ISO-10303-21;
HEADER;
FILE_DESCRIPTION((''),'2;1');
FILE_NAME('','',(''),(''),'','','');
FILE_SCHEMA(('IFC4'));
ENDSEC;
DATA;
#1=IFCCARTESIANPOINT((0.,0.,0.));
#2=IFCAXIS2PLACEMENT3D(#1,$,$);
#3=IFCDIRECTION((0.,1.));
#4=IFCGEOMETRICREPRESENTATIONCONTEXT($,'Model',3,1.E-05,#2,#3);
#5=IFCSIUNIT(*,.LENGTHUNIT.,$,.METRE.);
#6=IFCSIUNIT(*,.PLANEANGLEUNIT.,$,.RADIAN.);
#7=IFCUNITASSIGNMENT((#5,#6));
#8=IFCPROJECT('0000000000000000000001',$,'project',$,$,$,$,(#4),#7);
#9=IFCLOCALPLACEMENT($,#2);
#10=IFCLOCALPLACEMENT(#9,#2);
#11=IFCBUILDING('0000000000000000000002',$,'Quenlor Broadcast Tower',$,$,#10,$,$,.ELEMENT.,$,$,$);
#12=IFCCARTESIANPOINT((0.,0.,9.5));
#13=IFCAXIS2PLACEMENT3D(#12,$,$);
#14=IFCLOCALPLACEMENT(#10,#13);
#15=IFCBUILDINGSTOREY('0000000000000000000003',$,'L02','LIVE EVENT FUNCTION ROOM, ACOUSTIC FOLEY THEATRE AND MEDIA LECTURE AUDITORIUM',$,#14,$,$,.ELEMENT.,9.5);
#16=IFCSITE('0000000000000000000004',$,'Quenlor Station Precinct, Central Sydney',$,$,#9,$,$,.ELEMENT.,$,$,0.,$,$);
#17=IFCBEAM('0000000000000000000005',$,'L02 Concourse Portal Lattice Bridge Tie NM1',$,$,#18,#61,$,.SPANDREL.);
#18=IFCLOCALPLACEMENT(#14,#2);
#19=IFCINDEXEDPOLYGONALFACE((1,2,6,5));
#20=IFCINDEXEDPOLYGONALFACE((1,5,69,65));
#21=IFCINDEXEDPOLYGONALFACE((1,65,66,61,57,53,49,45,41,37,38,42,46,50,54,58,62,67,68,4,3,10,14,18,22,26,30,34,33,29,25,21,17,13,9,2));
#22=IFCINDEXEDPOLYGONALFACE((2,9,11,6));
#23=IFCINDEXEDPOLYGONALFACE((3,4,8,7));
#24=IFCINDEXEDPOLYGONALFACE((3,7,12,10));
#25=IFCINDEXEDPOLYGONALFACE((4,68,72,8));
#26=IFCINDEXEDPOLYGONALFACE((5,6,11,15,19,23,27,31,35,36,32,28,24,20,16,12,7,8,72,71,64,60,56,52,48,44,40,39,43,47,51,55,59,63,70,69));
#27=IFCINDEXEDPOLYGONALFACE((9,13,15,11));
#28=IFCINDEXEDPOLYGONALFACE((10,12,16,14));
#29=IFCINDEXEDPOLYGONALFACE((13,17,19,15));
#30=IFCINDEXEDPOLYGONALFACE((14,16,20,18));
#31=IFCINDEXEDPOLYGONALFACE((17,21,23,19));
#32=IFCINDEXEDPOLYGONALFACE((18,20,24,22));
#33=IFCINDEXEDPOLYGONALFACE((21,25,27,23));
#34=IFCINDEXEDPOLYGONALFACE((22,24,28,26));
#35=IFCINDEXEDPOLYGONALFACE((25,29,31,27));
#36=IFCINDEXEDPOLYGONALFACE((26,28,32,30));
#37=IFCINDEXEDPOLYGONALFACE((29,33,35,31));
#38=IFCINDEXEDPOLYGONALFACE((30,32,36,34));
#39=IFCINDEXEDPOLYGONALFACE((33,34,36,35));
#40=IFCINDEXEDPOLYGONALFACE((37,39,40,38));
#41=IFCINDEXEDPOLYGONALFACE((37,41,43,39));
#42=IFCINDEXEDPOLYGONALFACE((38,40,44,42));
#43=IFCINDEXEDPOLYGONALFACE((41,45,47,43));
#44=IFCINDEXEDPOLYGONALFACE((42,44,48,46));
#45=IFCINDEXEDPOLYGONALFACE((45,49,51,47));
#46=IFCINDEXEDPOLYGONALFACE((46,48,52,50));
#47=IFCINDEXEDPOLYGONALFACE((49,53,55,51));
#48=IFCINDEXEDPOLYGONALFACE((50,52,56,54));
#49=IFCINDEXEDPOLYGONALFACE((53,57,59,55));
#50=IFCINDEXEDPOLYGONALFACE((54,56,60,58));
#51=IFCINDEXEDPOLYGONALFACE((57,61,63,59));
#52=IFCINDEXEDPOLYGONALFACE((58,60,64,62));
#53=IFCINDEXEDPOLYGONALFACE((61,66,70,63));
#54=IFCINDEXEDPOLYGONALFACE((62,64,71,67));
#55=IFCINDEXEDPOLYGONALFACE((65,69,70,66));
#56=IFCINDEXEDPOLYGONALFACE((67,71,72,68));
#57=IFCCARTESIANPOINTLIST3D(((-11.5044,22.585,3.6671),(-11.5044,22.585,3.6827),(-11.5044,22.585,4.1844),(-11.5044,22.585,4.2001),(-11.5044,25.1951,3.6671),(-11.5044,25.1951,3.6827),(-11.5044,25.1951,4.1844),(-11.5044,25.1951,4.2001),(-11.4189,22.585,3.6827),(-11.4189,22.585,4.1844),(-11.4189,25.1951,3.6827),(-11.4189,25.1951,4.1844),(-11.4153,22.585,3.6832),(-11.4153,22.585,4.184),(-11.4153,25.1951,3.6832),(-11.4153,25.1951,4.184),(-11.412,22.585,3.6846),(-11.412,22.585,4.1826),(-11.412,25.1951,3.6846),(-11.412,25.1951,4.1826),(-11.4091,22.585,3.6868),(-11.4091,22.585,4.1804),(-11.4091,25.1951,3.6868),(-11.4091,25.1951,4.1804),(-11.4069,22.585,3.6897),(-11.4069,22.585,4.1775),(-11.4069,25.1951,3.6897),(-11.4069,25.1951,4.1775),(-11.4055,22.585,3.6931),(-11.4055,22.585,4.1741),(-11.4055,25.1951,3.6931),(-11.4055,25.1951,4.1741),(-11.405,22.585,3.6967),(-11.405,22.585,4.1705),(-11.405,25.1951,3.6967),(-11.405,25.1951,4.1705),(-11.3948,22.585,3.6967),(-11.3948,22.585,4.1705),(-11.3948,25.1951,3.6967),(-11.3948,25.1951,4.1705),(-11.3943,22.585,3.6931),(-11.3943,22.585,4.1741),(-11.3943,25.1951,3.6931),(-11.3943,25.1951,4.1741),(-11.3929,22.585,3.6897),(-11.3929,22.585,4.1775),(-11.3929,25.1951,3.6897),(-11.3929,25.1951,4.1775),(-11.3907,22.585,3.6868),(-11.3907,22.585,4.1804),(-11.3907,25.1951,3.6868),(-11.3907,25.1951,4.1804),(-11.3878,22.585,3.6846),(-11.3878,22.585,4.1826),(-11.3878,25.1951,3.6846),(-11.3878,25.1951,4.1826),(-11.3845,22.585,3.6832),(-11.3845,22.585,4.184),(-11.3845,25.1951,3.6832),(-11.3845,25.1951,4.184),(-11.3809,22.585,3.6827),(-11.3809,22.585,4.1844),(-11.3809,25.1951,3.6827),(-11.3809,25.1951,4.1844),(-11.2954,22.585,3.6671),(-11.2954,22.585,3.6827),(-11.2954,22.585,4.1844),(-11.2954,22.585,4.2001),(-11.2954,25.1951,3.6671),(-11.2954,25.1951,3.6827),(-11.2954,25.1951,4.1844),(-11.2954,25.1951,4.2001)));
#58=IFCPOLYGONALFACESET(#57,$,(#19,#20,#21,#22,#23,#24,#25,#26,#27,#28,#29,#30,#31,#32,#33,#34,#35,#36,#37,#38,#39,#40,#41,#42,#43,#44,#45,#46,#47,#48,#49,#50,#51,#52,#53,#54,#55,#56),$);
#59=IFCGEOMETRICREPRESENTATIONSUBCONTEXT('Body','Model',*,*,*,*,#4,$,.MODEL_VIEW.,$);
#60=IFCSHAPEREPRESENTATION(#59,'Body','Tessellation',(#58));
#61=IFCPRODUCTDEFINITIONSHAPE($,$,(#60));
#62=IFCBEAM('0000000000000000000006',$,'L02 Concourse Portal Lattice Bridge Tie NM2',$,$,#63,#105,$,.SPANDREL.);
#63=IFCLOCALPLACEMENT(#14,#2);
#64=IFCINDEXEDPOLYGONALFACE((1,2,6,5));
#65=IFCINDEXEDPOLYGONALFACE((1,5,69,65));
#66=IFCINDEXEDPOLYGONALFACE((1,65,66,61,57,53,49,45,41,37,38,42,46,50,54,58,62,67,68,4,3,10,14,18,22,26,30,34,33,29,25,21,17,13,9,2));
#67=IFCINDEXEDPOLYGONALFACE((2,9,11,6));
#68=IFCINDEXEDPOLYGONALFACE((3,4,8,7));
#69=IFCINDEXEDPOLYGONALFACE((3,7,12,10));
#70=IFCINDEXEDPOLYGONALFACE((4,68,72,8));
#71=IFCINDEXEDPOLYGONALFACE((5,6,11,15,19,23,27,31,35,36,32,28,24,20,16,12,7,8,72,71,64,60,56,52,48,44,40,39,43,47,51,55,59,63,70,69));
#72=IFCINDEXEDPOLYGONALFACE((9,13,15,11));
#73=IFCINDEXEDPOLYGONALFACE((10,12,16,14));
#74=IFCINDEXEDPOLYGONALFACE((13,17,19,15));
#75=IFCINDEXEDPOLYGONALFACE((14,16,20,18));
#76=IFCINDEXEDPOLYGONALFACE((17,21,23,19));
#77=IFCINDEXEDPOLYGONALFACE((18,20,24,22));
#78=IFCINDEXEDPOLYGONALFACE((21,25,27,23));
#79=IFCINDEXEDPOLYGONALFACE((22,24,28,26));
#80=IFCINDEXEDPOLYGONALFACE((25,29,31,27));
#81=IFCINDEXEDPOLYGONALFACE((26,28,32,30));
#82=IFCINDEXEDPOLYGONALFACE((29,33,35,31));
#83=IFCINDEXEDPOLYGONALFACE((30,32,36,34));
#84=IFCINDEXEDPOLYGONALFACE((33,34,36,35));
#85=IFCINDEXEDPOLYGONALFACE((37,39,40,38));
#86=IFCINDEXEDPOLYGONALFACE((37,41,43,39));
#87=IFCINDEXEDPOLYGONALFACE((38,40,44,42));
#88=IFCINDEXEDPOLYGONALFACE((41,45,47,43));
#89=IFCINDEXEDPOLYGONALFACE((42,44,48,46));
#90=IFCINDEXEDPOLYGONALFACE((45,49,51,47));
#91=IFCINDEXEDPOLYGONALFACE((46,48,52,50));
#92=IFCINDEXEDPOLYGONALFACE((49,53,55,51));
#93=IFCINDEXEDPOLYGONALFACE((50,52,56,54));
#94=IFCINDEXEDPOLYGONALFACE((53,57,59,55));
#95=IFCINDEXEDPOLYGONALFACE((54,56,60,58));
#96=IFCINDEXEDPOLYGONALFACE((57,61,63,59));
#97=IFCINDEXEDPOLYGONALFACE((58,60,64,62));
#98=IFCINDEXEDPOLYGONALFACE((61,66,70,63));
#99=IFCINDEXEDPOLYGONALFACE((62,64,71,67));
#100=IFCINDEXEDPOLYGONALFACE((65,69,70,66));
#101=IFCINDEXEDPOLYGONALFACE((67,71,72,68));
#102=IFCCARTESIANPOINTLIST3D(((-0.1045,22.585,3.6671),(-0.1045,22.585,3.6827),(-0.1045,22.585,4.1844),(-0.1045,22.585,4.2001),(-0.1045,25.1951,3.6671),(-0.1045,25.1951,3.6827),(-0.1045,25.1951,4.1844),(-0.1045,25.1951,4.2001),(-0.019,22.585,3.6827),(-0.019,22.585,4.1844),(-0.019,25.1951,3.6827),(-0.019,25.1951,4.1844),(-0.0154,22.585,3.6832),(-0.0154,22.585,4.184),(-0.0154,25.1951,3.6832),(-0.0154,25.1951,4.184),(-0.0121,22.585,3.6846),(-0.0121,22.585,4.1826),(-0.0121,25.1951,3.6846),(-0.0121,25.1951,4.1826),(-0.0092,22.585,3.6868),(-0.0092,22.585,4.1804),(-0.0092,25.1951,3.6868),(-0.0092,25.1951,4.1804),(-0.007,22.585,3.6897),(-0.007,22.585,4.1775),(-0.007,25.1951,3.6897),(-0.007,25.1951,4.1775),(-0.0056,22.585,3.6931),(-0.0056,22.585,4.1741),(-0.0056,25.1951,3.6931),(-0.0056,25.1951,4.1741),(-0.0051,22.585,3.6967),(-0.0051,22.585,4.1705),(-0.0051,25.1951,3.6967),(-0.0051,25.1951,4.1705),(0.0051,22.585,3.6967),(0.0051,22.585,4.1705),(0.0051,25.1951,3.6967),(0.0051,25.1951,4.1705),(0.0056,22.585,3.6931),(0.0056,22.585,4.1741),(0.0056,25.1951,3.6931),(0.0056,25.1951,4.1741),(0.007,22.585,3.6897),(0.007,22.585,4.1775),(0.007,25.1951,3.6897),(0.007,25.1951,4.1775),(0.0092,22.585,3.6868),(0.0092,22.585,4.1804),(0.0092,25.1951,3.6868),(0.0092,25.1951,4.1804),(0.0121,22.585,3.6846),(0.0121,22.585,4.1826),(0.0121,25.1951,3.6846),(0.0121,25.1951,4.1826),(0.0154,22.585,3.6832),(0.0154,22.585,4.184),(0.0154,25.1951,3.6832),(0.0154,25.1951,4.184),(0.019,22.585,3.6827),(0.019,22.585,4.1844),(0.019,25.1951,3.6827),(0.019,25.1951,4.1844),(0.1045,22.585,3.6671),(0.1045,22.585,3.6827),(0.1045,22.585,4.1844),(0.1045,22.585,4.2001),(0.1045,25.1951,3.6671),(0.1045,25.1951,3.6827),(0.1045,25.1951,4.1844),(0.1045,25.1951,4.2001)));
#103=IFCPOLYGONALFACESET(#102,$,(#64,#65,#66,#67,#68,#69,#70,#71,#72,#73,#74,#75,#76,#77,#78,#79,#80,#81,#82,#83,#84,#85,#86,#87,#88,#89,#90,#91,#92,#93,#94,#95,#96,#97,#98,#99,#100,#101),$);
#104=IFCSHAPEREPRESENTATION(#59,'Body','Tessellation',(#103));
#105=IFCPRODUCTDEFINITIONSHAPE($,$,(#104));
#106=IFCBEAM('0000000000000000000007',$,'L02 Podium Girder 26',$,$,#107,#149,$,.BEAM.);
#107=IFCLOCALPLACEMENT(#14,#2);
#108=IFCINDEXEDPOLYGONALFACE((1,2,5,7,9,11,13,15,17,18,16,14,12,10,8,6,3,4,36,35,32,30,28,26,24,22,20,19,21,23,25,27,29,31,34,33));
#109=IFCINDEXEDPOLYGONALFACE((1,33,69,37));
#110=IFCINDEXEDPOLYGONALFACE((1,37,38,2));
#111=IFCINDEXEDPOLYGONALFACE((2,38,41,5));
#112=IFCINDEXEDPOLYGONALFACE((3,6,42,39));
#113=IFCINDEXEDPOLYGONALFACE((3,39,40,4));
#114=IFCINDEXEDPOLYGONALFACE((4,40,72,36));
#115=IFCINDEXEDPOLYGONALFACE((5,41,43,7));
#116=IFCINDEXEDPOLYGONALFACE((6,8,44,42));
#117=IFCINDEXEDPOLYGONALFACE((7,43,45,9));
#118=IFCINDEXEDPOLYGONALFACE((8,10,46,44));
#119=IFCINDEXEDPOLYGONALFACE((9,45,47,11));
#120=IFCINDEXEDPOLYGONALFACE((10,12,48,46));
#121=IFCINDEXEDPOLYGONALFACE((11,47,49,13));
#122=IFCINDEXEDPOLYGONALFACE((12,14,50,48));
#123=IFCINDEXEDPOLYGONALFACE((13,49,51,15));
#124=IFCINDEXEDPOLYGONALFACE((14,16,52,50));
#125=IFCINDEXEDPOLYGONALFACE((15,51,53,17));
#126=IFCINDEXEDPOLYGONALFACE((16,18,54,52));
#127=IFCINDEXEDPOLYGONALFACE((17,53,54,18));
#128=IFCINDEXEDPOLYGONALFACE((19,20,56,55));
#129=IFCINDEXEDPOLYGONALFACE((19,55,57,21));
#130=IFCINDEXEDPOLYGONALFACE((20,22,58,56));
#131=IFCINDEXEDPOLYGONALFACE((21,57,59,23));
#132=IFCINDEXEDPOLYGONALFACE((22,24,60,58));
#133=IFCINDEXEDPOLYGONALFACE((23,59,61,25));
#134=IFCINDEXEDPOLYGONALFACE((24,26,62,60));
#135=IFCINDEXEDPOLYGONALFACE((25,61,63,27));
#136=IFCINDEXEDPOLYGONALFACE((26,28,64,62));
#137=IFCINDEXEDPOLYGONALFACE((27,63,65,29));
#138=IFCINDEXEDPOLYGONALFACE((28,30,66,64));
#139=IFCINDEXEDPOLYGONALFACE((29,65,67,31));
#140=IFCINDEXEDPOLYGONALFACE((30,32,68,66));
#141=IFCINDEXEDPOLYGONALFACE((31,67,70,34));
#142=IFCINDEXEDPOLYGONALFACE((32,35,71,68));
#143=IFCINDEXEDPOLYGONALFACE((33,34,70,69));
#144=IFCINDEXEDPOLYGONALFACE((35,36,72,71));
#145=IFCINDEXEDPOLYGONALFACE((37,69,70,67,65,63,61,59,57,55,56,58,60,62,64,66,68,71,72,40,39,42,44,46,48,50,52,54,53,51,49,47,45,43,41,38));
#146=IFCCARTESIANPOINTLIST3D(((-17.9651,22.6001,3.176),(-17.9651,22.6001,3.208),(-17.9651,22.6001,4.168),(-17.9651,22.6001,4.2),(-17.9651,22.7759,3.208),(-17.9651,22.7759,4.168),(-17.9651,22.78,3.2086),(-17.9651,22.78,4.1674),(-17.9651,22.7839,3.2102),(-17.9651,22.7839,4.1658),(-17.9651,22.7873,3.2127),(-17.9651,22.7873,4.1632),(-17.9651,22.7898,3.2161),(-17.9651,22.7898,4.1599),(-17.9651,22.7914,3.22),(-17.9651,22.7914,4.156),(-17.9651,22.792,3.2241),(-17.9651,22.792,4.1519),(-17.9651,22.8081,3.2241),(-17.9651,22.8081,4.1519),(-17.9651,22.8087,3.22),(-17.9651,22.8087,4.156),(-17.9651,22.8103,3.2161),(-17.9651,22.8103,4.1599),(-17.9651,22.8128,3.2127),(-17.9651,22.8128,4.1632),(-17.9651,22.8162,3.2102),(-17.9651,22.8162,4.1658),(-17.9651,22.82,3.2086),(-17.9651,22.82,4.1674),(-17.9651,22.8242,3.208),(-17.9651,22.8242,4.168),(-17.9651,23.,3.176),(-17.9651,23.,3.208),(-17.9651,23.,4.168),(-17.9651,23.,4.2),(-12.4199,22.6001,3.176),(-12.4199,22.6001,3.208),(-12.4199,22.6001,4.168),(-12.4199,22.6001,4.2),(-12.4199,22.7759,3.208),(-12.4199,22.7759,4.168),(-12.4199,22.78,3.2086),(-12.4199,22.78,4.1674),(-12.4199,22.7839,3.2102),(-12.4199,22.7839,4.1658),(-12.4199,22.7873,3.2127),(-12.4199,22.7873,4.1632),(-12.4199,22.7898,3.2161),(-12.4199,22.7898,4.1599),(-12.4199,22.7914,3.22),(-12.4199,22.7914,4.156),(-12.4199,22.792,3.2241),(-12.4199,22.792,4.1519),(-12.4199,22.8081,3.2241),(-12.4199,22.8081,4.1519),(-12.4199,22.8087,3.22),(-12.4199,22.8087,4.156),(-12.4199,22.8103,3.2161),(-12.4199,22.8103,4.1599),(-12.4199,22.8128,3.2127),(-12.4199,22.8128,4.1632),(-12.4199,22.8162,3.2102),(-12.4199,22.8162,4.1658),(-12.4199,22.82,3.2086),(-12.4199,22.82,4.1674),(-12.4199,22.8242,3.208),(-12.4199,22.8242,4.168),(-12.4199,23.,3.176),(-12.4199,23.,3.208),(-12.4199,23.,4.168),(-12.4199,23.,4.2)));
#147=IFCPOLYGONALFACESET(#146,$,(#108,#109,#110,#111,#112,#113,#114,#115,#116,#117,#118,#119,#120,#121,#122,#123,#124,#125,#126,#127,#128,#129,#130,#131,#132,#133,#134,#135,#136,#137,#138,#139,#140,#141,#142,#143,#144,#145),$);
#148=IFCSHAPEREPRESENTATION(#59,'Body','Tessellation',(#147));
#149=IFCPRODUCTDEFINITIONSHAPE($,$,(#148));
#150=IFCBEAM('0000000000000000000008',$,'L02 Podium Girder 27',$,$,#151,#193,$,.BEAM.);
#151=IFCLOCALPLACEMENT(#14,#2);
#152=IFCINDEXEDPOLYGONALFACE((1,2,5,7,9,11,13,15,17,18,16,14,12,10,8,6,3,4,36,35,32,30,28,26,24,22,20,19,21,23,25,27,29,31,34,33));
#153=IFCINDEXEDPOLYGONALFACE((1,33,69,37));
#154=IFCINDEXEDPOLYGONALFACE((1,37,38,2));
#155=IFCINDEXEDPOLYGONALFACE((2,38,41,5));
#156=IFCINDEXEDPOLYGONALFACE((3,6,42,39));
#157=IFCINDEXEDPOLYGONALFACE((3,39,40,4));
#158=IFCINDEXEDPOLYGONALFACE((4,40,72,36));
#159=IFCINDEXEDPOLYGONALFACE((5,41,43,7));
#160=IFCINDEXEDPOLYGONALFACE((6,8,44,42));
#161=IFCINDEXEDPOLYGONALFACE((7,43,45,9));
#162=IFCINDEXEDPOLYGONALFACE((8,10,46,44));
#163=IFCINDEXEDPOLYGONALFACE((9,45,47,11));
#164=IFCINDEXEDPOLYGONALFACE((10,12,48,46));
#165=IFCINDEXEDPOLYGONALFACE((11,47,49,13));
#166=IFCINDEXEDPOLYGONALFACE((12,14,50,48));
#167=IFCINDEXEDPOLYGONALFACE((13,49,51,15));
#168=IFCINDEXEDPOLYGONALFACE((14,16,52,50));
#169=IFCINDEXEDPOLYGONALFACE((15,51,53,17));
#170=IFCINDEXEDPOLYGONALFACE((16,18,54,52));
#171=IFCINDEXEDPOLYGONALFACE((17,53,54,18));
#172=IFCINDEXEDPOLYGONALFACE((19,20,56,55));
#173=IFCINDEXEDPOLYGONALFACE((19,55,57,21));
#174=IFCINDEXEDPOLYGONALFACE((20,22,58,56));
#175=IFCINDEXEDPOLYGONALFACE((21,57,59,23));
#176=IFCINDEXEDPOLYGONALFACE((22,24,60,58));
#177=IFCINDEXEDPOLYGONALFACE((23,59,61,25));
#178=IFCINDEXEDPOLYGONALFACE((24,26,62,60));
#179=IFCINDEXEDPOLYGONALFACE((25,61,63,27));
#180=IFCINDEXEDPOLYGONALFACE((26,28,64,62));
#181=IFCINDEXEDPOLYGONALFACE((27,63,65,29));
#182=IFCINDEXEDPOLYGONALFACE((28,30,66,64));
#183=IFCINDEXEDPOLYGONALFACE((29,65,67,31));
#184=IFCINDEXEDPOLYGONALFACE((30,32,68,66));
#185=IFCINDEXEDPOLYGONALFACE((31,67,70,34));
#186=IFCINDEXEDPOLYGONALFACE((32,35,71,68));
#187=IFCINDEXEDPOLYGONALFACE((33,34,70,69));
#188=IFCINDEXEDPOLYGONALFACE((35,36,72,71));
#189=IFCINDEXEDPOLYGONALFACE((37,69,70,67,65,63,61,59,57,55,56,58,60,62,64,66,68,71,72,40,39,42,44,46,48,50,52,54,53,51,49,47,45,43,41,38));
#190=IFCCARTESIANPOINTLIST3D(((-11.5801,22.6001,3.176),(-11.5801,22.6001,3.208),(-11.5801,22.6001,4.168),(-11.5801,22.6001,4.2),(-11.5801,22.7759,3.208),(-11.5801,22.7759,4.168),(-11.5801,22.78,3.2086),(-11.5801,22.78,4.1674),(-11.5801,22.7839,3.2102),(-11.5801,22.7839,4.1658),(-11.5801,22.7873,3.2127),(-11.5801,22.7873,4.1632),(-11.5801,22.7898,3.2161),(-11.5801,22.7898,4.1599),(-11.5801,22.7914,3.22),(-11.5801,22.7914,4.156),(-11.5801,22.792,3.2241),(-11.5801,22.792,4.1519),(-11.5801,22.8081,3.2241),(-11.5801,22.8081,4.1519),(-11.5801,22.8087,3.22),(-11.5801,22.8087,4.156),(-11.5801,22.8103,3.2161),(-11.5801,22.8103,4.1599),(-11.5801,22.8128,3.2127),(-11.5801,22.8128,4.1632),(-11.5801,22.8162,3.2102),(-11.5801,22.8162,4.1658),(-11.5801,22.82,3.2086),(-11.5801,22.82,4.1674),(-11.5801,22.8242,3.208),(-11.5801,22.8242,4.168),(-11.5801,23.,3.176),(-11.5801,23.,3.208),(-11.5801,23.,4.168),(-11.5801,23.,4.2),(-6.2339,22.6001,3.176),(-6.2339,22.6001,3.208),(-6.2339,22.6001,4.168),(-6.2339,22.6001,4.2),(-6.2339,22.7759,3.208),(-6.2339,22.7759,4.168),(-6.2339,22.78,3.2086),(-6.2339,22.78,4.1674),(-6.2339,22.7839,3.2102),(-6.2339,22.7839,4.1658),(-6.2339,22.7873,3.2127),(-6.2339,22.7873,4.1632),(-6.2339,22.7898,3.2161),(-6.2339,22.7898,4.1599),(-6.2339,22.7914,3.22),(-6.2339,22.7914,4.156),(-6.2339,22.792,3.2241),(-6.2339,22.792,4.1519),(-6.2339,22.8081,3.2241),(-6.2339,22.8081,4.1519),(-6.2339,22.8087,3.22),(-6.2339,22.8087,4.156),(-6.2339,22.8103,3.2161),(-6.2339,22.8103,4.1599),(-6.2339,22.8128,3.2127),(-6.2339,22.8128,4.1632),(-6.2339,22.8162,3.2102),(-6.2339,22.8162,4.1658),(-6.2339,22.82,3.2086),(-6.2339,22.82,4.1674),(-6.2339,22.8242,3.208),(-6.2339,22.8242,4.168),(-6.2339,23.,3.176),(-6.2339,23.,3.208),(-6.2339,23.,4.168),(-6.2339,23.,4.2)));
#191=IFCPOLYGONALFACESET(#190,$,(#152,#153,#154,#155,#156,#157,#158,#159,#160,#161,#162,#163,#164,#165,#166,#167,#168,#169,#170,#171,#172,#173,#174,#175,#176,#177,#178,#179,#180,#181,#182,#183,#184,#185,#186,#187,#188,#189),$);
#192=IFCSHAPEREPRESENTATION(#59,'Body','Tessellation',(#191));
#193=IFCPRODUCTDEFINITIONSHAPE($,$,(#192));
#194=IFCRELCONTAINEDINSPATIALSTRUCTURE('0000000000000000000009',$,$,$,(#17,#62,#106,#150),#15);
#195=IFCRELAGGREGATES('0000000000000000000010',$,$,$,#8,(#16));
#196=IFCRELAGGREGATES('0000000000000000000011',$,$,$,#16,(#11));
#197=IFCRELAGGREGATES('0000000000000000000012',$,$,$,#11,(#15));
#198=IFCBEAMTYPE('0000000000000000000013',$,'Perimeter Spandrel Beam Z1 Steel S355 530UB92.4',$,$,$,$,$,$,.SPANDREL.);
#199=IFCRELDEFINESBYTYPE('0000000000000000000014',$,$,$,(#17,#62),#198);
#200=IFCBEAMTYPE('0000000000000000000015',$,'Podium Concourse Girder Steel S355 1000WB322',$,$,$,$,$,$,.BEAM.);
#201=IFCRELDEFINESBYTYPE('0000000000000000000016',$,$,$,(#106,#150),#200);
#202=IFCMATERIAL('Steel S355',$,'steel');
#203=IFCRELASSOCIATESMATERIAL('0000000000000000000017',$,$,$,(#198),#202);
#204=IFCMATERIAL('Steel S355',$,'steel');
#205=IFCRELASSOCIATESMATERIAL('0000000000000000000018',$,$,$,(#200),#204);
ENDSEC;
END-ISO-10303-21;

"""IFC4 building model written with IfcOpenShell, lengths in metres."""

from ifc_helpers import new_model, si_unit, direction, frame, origin, origin_2d, place, context, subcontext, project, spatial, i_section, extrude, material, material_profile, profile_set, type_object, element, save


model = new_model("IFC4")

# Units and contexts
model_context = context("Model", 3, precision=1e-05, world=origin(), true_north=direction((0.0, 1.0)))
body_context = subcontext(model_context, "Body", "Model", "MODEL_VIEW")
ifc_project = project(units=[si_unit("LENGTHUNIT", "METRE"), si_unit("PLANEANGLEUNIT", "RADIAN")], contexts=[model_context])

# Site, building, storey
site_placement = place(None, origin())
site = spatial("IfcSite", under=ifc_project, at=site_placement, Name="Quenlor Station Precinct, Central Sydney", CompositionType="ELEMENT", RefElevation=0.0)
building_placement = place(site_placement, origin())
building = spatial("IfcBuilding", under=site, at=building_placement, Name="Quenlor Broadcast Tower", CompositionType="ELEMENT")
storey_placement = place(building_placement, frame((0.0, 0.0, 9.5)))
storey = spatial("IfcBuildingStorey", under=building, at=storey_placement, Name="L02", Description="LIVE EVENT FUNCTION ROOM, ACOUSTIC FOLEY THEATRE AND MEDIA LECTURE AUDITORIUM", CompositionType="ELEMENT", Elevation=9.5)

# Beams
ifc_material_1 = material(Name="Steel S355", Category="steel")
ifc_material_profile_1 = material_profile(ifc_material_1, i_section(OverallWidth=0.209, OverallDepth=0.533, WebThickness=0.0103, FlangeThickness=0.0156, FilletRadius=0.0139, at=origin_2d()))
ifc_profile_set_1 = profile_set([ifc_material_profile_1], Name="Steel S355 530UB92.4")
beam_type_1 = type_object("IfcBeamType", Name="Perimeter Spandrel Beam Z1 Steel S355 530UB92.4", PredefinedType="SPANDREL", material=ifc_profile_set_1)
for number, where, z_axis, x_axis, name in (
    (1, (-11.3999, 22.585, 3.9336), (0.0, 1.0, 0.0), (-1.0, 0.0, 0.0), "L02 Concourse Portal Lattice Bridge Tie NM1"),
    (2, (0.0, 22.585, 3.9336), (0.0, 1.0, 0.0), (-1.0, 0.0, 0.0), "L02 Concourse Portal Lattice Bridge Tie NM2"),
):
    element("IfcBeam", number, at=place(storey_placement, frame(where, z_axis=z_axis, x_axis=x_axis)), inside=storey, type_object=beam_type_1, Name=name, PredefinedType="SPANDREL", context=body_context, shape_type="SweptSolid", body=[
        extrude(i_section(OverallWidth=0.209, OverallDepth=0.533, WebThickness=0.0103, FlangeThickness=0.0156, FilletRadius=0.0139, at=origin_2d()), origin(), (0.0, 0.0, 1.0), 2.6101),
    ])
ifc_material_2 = material(Name="Steel S355", Category="steel")
ifc_material_profile_2 = material_profile(ifc_material_2, i_section(OverallWidth=0.3999, OverallDepth=1.0239, WebThickness=0.0161, FlangeThickness=0.032, FilletRadius=0.0161, at=origin_2d()))
ifc_profile_set_2 = profile_set([ifc_material_profile_2], Name="Steel S355 1000WB322")
beam_type_2 = type_object("IfcBeamType", Name="Podium Concourse Girder Steel S355 1000WB322", PredefinedType="BEAM", material=ifc_profile_set_2)
beam_1_placement = place(storey_placement, frame((-17.9651, 22.8, 3.688), z_axis=(1.0, 0.0, 0.0), x_axis=(0.0, 1.0, 0.0)))
element("IfcBeam", 3, at=beam_1_placement, inside=storey, type_object=beam_type_2, Name="L02 Podium Girder 26", PredefinedType="BEAM", context=body_context, shape_type="SweptSolid", body=[
    extrude(i_section(OverallWidth=0.3999, OverallDepth=1.0239, WebThickness=0.0161, FlangeThickness=0.032, FilletRadius=0.0161, at=origin_2d()), origin(), (0.0, 0.0, 1.0), 5.5452),
])
for number, where, z_axis, x_axis, name in (
    (4, (-11.5801, 22.8, 3.688), (1.0, 0.0, 0.0), (0.0, 1.0, 0.0), "L02 Podium Girder 27"),
):
    element("IfcBeam", number, at=place(storey_placement, frame(where, z_axis=z_axis, x_axis=x_axis)), inside=storey, type_object=beam_type_2, Name=name, PredefinedType="BEAM", context=body_context, shape_type="SweptSolid", body=[
        extrude(i_section(OverallWidth=0.3999, OverallDepth=1.0239, WebThickness=0.0161, FlangeThickness=0.032, FilletRadius=0.0161, at=origin_2d()), origin(), (0.0, 0.0, 1.0), 5.3462),
    ])

save(model, "model.ifc")
